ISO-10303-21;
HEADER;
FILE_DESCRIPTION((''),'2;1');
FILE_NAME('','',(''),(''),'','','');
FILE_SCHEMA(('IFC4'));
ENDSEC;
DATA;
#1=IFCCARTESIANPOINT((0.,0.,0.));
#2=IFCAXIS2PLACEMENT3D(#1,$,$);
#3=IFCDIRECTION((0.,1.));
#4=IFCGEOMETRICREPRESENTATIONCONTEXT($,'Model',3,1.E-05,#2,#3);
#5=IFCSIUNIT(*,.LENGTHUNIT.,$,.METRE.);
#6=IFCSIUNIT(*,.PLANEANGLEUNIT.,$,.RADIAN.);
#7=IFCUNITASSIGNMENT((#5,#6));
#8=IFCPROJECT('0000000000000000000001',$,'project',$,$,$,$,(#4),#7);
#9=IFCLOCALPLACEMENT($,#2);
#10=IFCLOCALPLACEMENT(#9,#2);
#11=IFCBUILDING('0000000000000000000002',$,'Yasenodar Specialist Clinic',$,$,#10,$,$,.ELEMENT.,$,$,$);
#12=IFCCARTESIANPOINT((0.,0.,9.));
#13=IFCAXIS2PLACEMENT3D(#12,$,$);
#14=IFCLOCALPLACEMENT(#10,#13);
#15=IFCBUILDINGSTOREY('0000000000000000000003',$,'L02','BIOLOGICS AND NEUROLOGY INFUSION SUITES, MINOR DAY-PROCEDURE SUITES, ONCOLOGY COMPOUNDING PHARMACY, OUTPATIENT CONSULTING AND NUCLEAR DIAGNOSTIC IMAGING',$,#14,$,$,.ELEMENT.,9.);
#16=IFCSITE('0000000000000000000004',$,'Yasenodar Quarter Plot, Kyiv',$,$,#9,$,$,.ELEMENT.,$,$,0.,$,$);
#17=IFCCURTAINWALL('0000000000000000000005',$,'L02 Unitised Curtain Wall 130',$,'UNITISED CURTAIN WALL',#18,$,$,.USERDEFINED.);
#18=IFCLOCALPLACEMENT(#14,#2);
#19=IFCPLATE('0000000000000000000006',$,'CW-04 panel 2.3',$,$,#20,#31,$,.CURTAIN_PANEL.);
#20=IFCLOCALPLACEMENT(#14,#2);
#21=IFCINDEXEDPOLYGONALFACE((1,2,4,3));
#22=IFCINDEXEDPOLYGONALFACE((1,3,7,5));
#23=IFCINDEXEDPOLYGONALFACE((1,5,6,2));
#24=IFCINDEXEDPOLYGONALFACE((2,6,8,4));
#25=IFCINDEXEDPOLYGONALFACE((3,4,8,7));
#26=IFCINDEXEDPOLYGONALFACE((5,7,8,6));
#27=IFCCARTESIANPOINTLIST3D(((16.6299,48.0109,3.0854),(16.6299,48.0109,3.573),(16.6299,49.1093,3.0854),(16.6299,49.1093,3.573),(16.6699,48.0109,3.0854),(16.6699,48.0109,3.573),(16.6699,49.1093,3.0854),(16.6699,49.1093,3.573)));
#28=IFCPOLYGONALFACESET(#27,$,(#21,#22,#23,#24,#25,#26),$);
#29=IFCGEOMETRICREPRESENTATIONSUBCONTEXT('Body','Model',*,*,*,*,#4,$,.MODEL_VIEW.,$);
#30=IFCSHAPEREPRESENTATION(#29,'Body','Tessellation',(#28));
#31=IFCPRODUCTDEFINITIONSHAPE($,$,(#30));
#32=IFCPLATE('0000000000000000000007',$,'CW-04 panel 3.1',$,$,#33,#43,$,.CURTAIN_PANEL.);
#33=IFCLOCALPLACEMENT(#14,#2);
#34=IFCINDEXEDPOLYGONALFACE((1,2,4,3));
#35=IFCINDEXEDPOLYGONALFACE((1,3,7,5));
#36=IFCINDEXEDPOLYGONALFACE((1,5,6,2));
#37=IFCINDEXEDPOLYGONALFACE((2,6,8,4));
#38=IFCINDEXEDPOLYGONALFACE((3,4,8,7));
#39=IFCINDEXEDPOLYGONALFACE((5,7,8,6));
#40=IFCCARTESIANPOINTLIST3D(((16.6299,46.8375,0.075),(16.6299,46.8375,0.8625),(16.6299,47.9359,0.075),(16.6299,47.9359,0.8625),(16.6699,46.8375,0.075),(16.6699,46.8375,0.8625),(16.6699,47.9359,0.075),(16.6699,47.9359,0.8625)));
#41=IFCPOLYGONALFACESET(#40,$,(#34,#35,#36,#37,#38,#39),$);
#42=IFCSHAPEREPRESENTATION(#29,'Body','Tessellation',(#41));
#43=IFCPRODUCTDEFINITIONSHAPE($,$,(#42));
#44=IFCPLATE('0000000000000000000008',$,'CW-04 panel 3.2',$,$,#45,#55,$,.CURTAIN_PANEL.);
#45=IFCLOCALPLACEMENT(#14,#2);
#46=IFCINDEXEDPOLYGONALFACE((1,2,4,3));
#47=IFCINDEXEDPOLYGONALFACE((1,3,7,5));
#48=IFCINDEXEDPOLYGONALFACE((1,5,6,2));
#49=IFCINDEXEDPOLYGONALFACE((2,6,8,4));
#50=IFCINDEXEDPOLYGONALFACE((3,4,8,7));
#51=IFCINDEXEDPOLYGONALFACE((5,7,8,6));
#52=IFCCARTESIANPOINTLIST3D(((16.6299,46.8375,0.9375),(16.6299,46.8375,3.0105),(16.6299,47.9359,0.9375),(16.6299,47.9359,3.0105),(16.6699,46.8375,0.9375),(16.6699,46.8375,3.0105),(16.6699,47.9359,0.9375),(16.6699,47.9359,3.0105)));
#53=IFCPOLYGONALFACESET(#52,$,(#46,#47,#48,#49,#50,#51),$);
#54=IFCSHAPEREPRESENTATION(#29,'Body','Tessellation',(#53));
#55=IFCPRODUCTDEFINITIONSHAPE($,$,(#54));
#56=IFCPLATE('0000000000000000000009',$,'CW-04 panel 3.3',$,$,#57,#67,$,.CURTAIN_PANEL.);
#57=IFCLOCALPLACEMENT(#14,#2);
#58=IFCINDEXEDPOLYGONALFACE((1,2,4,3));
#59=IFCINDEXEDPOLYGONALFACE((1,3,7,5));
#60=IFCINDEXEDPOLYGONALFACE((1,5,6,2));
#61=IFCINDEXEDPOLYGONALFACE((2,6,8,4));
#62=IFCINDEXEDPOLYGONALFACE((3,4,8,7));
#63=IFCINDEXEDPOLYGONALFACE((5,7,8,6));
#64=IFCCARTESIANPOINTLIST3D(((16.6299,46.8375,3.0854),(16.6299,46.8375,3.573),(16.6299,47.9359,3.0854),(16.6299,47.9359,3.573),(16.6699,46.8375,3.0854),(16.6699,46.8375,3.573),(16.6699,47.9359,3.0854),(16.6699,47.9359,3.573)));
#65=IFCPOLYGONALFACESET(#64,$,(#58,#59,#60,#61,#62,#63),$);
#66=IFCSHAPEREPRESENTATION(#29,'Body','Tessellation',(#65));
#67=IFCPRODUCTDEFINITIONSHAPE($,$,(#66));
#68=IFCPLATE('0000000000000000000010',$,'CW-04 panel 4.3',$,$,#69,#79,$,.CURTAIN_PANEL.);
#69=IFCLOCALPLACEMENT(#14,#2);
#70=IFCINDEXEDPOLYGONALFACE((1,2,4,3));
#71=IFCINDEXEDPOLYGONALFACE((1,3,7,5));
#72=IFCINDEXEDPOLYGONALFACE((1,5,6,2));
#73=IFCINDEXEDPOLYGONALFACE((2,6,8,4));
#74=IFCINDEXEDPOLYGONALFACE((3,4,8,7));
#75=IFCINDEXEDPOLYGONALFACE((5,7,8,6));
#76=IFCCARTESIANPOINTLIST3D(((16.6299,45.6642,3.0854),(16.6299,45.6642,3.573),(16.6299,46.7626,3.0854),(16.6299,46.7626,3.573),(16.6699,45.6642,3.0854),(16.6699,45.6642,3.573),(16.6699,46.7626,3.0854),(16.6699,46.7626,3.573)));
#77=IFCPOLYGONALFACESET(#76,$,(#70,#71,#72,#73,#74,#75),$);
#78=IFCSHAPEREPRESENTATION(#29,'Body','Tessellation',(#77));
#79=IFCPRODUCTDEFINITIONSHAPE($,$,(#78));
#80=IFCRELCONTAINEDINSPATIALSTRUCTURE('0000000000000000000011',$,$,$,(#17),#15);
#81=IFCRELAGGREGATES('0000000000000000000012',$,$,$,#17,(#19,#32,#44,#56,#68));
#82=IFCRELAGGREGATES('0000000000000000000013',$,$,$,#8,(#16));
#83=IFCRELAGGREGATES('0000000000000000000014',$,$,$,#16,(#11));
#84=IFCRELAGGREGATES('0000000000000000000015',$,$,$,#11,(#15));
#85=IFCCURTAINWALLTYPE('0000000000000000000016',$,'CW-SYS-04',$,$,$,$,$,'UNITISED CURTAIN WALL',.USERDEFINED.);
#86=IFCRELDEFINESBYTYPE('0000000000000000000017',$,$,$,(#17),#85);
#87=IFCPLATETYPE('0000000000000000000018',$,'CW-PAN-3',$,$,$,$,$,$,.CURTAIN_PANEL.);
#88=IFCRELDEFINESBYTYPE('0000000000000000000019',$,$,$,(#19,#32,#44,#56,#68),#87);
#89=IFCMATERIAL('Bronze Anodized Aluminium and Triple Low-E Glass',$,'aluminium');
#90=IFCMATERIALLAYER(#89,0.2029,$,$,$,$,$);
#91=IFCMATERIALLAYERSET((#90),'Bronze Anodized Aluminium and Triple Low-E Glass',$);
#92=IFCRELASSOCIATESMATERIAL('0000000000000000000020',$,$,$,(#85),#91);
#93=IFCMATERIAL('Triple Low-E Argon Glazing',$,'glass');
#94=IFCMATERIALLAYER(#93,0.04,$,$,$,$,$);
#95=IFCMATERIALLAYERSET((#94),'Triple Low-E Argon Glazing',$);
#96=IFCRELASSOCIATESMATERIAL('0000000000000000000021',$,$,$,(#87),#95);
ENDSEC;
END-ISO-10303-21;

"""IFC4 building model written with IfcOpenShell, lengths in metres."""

from ifc_helpers import new_model, si_unit, direction, frame, origin, origin_2d, place, context, subcontext, project, spatial, rectangle, extrude, material, layer, layer_set, type_object, element, aggregate, save


model = new_model("IFC4")

# Units and contexts
model_context = context("Model", 3, precision=1e-05, world=origin(), true_north=direction((0.0, 1.0)))
body_context = subcontext(model_context, "Body", "Model", "MODEL_VIEW")
ifc_project = project(units=[si_unit("LENGTHUNIT", "METRE"), si_unit("PLANEANGLEUNIT", "RADIAN")], contexts=[model_context])

# Site, building, storey
site_placement = place(None, origin())
site = spatial("IfcSite", under=ifc_project, at=site_placement, Name="Yasenodar Quarter Plot, Kyiv", CompositionType="ELEMENT", RefElevation=0.0)
building_placement = place(site_placement, origin())
building = spatial("IfcBuilding", under=site, at=building_placement, Name="Yasenodar Specialist Clinic", CompositionType="ELEMENT")
storey_placement = place(building_placement, frame((0.0, 0.0, 9.0)))
storey = spatial("IfcBuildingStorey", under=building, at=storey_placement, Name="L02", Description="BIOLOGICS AND NEUROLOGY INFUSION SUITES, MINOR DAY-PROCEDURE SUITES, ONCOLOGY COMPOUNDING PHARMACY, OUTPATIENT CONSULTING AND NUCLEAR DIAGNOSTIC IMAGING", CompositionType="ELEMENT", Elevation=9.0)

# Curtain wall
ifc_material_1 = material(Name="Bronze Anodized Aluminium and Triple Low-E Glass", Category="aluminium")
ifc_layer_1 = layer(ifc_material_1, 0.2029)
ifc_layer_set_1 = layer_set([ifc_layer_1], Name="Bronze Anodized Aluminium and Triple Low-E Glass")
curtain_wall_type = type_object("IfcCurtainWallType", Name="CW-SYS-04", ElementType="UNITISED CURTAIN WALL", PredefinedType="USERDEFINED", material=ifc_layer_set_1)
curtain_wall_placement = place(storey_placement, origin())
curtain_wall = element("IfcCurtainWall", 1, at=curtain_wall_placement, inside=storey, type_object=curtain_wall_type, Name="L02 Unitised Curtain Wall 130", ObjectType="UNITISED CURTAIN WALL", PredefinedType="USERDEFINED")

# Plates
ifc_material_2 = material(Name="Triple Low-E Argon Glazing", Category="glass")
ifc_layer_2 = layer(ifc_material_2, 0.04)
ifc_layer_set_2 = layer_set([ifc_layer_2], Name="Triple Low-E Argon Glazing")
plate_type = type_object("IfcPlateType", Name="CW-PAN-3", PredefinedType="CURTAIN_PANEL", material=ifc_layer_set_2)
plate_1_placement = place(storey_placement, frame((16.6499, 48.5601, 3.0854), z_axis=(0.0, 0.0, 1.0), x_axis=(0.0, -1.0, 0.0)))
plate_1 = element("IfcPlate", 2, at=plate_1_placement, type_object=plate_type, Name="CW-04 panel 2.3", PredefinedType="CURTAIN_PANEL", context=body_context, shape_type="SweptSolid", body=[
    extrude(rectangle(XDim=1.0984, YDim=0.04, at=origin_2d()), origin(), (0.0, 0.0, 1.0), 0.4875),
])
plate_2_placement = place(storey_placement, frame((16.6499, 47.3867, 0.075), z_axis=(0.0, 0.0, 1.0), x_axis=(0.0, -1.0, 0.0)))
plate_2 = element("IfcPlate", 3, at=plate_2_placement, type_object=plate_type, Name="CW-04 panel 3.1", PredefinedType="CURTAIN_PANEL", context=body_context, shape_type="SweptSolid", body=[
    extrude(rectangle(XDim=1.0984, YDim=0.04, at=origin_2d()), origin(), (0.0, 0.0, 1.0), 0.7876),
])
plate_3_placement = place(storey_placement, frame((16.6499, 47.3867, 0.9375), z_axis=(0.0, 0.0, 1.0), x_axis=(0.0, -1.0, 0.0)))
plate_3 = element("IfcPlate", 4, at=plate_3_placement, type_object=plate_type, Name="CW-04 panel 3.2", PredefinedType="CURTAIN_PANEL", context=body_context, shape_type="SweptSolid", body=[
    extrude(rectangle(XDim=1.0984, YDim=0.04, at=origin_2d()), origin(), (0.0, 0.0, 1.0), 2.073),
])
plate_4_placement = place(storey_placement, frame((16.6499, 47.3867, 3.0854), z_axis=(0.0, 0.0, 1.0), x_axis=(0.0, -1.0, 0.0)))
plate_4 = element("IfcPlate", 5, at=plate_4_placement, type_object=plate_type, Name="CW-04 panel 3.3", PredefinedType="CURTAIN_PANEL", context=body_context, shape_type="SweptSolid", body=[
    extrude(rectangle(XDim=1.0984, YDim=0.04, at=origin_2d()), origin(), (0.0, 0.0, 1.0), 0.4875),
])
plate_5_placement = place(storey_placement, frame((16.6499, 46.2134, 3.0854), z_axis=(0.0, 0.0, 1.0), x_axis=(0.0, -1.0, 0.0)))
plate_5 = element("IfcPlate", 6, at=plate_5_placement, type_object=plate_type, Name="CW-04 panel 4.3", PredefinedType="CURTAIN_PANEL", context=body_context, shape_type="SweptSolid", body=[
    extrude(rectangle(XDim=1.0984, YDim=0.04, at=origin_2d()), origin(), (0.0, 0.0, 1.0), 0.4875),
])
aggregate(curtain_wall, [plate_1, plate_2, plate_3, plate_4, plate_5])

save(model, "model.ifc")
